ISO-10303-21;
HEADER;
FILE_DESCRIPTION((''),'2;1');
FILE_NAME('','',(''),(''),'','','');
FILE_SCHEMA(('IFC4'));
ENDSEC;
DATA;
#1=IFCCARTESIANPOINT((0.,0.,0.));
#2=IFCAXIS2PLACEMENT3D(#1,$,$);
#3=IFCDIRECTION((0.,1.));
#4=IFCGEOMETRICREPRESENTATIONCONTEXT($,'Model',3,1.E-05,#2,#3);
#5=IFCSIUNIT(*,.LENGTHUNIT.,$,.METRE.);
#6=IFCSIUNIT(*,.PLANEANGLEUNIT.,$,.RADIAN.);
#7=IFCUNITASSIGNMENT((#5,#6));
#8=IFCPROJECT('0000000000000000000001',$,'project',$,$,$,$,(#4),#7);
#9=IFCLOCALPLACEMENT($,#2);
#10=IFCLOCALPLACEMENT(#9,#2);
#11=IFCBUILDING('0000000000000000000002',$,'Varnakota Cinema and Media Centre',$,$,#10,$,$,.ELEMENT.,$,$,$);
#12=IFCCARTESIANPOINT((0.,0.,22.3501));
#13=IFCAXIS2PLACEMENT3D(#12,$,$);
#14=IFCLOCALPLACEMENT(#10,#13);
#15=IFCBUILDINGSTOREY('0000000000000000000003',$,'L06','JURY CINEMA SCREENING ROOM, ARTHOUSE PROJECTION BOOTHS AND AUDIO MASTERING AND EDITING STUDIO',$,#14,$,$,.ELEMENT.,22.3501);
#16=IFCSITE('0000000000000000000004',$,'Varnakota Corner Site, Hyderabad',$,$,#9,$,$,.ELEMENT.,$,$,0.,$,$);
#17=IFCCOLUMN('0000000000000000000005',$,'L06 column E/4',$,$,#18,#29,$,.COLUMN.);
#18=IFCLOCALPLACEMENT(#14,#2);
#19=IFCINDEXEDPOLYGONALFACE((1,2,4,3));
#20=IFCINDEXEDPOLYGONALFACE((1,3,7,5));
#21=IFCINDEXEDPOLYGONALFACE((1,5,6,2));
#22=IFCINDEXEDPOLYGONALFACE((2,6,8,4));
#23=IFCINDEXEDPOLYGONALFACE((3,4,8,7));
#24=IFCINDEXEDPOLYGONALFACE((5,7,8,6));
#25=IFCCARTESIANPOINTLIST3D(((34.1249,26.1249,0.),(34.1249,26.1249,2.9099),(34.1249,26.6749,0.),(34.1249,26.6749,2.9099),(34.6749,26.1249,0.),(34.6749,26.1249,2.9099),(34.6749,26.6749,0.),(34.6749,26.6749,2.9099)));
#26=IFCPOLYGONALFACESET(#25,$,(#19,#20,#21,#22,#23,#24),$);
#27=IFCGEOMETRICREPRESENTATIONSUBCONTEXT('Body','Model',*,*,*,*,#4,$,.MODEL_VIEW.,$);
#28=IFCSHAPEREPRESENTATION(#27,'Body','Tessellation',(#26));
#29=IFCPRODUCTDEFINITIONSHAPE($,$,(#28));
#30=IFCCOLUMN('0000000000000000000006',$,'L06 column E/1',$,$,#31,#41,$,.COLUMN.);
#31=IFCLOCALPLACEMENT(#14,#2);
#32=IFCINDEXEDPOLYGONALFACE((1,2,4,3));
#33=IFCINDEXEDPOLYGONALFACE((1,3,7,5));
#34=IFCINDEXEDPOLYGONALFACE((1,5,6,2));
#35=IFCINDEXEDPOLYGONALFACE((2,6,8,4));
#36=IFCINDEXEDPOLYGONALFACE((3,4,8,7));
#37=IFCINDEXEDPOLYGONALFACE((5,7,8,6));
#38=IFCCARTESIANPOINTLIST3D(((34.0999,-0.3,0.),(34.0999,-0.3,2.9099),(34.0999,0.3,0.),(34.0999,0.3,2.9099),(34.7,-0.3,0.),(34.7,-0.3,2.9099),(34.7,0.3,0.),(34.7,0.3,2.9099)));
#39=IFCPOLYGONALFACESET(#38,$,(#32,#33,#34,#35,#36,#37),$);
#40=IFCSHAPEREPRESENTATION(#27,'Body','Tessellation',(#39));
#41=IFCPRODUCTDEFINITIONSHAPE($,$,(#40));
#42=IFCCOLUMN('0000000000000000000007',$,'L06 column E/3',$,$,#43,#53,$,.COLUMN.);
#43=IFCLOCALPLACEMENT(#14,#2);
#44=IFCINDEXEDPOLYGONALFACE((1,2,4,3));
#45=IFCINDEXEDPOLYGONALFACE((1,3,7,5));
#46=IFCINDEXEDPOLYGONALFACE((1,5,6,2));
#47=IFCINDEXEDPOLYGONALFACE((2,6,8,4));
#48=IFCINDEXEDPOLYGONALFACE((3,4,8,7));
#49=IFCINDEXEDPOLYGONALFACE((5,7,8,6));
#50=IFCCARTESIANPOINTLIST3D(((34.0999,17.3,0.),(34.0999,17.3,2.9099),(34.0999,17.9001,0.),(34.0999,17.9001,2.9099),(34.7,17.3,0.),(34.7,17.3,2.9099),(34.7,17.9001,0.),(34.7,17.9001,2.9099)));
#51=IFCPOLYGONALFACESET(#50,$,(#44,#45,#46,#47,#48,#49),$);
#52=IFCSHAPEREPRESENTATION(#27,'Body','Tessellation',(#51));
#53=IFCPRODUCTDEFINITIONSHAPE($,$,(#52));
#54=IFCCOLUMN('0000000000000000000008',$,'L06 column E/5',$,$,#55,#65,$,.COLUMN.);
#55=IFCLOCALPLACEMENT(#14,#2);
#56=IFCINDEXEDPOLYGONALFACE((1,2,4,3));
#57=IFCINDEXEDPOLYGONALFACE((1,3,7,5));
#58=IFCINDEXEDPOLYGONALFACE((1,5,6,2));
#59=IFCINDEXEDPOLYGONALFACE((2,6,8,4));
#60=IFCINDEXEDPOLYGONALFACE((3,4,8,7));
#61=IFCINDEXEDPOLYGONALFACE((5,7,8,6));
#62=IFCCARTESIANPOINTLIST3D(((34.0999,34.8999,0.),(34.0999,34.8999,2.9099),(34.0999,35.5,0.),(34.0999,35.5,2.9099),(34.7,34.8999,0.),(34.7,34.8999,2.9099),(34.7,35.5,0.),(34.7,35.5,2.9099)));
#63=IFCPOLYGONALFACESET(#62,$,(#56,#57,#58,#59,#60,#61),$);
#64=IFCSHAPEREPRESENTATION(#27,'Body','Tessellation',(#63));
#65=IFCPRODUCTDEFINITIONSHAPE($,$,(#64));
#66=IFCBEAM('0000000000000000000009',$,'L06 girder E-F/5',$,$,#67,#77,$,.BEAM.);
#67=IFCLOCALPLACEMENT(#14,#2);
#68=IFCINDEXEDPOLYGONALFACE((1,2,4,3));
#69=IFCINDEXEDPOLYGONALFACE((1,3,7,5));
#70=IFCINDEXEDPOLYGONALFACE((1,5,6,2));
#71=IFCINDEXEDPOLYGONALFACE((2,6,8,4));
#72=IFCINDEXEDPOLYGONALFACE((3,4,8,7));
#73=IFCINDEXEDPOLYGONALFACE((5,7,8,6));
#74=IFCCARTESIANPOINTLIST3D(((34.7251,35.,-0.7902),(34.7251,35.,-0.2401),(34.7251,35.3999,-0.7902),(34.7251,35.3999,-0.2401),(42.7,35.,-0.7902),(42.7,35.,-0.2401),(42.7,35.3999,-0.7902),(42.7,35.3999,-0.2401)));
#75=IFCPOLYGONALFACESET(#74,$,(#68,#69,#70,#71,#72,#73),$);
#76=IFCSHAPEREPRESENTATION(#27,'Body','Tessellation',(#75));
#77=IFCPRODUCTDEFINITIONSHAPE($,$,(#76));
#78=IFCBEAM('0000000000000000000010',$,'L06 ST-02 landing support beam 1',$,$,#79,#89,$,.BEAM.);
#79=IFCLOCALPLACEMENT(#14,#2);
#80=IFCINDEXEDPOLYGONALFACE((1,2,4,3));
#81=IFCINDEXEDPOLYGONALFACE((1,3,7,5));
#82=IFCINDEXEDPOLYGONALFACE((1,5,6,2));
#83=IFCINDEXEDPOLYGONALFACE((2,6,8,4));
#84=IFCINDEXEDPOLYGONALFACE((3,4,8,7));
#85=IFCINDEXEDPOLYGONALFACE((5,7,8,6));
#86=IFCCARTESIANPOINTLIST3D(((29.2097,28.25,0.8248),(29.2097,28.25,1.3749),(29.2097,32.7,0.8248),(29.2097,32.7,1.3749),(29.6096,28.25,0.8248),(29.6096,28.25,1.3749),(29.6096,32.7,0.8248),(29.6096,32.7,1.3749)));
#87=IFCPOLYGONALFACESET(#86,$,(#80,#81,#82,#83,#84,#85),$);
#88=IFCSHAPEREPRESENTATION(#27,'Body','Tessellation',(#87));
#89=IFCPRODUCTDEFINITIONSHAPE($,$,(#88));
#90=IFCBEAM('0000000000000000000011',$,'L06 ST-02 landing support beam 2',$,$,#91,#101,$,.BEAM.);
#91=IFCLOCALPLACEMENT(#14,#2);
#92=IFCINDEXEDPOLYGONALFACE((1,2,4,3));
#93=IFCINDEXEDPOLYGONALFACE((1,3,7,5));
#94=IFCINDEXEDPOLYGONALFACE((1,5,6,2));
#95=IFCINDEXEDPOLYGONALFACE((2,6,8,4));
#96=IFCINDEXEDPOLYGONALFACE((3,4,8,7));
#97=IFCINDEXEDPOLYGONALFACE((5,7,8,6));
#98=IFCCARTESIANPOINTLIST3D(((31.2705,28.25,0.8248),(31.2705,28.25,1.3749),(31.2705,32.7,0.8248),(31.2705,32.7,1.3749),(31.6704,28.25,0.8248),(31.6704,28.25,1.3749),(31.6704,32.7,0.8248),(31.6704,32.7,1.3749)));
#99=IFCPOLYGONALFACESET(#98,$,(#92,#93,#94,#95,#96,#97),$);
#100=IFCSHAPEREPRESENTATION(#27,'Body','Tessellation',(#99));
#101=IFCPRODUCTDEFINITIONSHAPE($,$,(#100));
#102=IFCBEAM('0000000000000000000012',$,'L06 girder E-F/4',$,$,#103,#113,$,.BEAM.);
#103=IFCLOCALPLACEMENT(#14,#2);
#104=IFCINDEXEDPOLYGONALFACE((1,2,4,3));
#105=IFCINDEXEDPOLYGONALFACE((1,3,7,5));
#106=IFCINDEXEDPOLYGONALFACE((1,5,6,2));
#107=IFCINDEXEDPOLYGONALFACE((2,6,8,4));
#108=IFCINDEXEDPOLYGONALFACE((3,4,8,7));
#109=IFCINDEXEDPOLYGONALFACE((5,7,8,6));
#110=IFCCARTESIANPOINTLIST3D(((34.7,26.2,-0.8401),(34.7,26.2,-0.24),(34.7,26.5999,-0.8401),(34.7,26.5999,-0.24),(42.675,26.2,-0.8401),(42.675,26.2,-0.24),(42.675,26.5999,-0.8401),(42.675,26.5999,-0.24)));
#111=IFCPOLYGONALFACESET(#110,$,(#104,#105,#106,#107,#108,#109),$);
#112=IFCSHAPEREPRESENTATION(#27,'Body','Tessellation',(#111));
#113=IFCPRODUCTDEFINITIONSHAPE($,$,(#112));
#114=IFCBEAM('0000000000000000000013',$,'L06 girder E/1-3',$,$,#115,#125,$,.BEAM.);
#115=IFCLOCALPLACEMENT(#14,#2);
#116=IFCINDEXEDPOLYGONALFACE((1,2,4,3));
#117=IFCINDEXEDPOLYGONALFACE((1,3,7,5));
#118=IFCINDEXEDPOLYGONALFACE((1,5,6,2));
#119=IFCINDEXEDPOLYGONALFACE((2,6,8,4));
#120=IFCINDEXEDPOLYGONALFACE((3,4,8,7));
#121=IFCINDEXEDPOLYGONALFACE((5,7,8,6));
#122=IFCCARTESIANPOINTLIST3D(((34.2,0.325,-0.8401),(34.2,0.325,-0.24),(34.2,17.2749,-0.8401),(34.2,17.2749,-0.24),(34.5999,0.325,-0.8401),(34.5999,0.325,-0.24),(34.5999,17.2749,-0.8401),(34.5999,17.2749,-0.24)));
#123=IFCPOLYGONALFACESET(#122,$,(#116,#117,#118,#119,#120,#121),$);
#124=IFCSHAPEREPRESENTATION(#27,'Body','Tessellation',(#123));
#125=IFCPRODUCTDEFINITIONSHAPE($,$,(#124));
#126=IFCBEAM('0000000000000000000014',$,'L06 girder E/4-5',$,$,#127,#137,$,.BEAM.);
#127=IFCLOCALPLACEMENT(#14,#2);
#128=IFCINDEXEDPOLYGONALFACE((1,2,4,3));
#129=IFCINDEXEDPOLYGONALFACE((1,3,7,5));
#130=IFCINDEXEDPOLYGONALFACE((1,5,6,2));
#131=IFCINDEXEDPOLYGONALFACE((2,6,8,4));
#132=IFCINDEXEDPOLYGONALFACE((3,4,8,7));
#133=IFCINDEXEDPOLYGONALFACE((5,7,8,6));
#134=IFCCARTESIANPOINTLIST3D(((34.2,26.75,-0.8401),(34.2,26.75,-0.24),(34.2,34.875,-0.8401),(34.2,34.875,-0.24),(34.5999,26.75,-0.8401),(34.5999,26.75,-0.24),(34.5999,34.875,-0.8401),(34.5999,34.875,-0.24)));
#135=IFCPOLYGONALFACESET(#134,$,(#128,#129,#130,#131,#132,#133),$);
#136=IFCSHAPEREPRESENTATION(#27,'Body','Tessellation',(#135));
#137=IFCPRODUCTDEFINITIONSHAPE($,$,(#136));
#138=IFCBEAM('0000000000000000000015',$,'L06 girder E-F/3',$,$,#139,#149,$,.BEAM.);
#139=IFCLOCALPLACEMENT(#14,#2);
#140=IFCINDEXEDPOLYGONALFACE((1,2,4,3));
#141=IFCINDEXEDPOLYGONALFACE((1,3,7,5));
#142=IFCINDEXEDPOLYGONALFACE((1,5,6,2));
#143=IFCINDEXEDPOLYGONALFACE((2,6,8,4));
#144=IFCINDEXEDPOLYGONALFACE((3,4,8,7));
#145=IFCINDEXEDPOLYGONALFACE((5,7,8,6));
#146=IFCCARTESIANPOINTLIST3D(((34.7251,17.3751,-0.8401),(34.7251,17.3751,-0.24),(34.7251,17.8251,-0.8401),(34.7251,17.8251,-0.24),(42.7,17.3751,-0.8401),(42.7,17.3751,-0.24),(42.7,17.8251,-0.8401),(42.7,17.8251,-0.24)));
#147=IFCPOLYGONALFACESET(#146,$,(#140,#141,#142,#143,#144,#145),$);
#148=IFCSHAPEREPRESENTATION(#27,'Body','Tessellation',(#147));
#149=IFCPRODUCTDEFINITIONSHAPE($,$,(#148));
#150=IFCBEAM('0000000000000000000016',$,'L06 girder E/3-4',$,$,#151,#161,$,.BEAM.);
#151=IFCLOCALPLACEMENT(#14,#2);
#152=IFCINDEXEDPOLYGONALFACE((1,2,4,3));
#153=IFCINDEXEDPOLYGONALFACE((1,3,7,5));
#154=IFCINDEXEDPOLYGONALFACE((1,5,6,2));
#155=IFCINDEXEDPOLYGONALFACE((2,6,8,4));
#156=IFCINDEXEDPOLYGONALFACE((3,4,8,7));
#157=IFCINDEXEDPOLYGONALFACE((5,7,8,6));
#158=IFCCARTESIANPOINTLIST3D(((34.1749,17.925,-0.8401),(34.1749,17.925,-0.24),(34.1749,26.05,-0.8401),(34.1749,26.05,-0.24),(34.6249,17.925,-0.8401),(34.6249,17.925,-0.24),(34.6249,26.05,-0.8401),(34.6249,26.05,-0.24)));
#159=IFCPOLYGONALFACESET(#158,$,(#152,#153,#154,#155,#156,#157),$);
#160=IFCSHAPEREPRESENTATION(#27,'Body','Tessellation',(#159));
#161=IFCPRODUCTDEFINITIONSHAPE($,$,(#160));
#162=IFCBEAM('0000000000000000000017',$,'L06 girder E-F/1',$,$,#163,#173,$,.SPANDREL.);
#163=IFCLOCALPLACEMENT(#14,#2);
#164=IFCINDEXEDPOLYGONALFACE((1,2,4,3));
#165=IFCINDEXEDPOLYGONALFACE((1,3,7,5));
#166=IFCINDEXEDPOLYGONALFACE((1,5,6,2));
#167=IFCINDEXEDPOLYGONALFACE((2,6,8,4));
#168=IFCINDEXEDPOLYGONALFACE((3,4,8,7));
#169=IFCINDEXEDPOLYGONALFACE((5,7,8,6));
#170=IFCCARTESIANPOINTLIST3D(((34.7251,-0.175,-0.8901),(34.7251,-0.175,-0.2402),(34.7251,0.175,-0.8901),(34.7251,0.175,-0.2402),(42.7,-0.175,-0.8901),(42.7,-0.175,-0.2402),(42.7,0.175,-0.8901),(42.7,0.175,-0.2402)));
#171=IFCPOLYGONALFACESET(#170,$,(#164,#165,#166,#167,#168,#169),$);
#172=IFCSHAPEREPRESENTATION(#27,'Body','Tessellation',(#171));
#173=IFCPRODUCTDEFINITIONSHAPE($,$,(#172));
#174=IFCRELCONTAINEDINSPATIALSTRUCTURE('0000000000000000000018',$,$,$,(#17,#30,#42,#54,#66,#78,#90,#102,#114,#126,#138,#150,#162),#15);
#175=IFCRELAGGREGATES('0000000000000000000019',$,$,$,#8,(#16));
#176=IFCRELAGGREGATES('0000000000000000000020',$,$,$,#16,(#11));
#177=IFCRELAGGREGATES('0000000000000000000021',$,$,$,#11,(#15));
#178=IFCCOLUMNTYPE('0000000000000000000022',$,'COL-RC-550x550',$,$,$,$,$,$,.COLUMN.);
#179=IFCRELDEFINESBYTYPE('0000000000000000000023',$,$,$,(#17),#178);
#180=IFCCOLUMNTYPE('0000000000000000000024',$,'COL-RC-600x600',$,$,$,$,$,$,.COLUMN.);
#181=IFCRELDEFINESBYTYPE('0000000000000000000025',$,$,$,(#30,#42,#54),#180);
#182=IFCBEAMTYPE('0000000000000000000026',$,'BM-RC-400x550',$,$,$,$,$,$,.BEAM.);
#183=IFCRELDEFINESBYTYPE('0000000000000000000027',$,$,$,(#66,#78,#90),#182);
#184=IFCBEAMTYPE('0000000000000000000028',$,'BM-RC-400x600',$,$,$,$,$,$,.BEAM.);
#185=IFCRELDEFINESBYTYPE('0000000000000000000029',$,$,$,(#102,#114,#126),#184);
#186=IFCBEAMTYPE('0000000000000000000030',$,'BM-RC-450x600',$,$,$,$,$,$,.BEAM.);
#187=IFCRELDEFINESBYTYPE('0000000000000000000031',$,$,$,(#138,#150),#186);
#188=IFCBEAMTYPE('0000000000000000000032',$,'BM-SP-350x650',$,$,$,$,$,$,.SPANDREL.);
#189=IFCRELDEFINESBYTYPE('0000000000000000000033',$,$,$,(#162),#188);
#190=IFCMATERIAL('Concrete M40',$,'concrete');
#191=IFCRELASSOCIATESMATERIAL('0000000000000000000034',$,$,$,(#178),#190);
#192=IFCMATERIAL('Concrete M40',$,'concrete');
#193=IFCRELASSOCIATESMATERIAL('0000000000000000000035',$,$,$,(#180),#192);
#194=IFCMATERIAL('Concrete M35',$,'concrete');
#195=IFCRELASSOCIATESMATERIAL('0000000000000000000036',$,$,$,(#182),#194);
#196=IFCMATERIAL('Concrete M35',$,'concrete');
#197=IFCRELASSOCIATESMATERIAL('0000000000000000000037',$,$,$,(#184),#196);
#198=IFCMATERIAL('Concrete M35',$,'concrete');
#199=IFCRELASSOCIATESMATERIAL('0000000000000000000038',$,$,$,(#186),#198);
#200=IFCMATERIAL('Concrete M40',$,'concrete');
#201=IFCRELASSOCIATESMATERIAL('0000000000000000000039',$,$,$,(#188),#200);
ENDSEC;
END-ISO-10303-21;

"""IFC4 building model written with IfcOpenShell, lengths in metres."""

from ifc_helpers import new_model, si_unit, direction, frame, origin, origin_2d, place, context, subcontext, project, spatial, rectangle, extrude, material, material_profile, profile_set, type_object, element, save


model = new_model("IFC4")

# Units and contexts
model_context = context("Model", 3, precision=1e-05, world=origin(), true_north=direction((0.0, 1.0)))
body_context = subcontext(model_context, "Body", "Model", "MODEL_VIEW")
ifc_project = project(units=[si_unit("LENGTHUNIT", "METRE"), si_unit("PLANEANGLEUNIT", "RADIAN")], contexts=[model_context])

# Site, building, storey
site_placement = place(None, origin())
site = spatial("IfcSite", under=ifc_project, at=site_placement, Name="Varnakota Corner Site, Hyderabad", CompositionType="ELEMENT", RefElevation=0.0)
building_placement = place(site_placement, origin())
building = spatial("IfcBuilding", under=site, at=building_placement, Name="Varnakota Cinema and Media Centre", CompositionType="ELEMENT")
storey_placement = place(building_placement, frame((0.0, 0.0, 22.3501)))
storey = spatial("IfcBuildingStorey", under=building, at=storey_placement, Name="L06", Description="JURY CINEMA SCREENING ROOM, ARTHOUSE PROJECTION BOOTHS AND AUDIO MASTERING AND EDITING STUDIO", CompositionType="ELEMENT", Elevation=22.3501)

# Columns
ifc_material_1 = material(Name="Concrete M40", Category="concrete")
ifc_material_profile_1 = material_profile(ifc_material_1, rectangle(XDim=0.55, YDim=0.55, at=origin_2d()), Name="RC 550x550")
ifc_profile_set_1 = profile_set([ifc_material_profile_1], Name="Concrete M40")
column_type_1 = type_object("IfcColumnType", Name="COL-RC-550x550", PredefinedType="COLUMN", material=ifc_profile_set_1)
column_placement = place(storey_placement, frame((34.3999, 26.3999, 0.0), z_axis=(0.0, 0.0, 1.0), x_axis=(1.0, 0.0, 0.0)))
element("IfcColumn", 1, at=column_placement, inside=storey, type_object=column_type_1, Name="L06 column E/4", PredefinedType="COLUMN", context=body_context, shape_type="SweptSolid", body=[
    extrude(rectangle(XDim=0.55, YDim=0.55, at=origin_2d()), origin(), (0.0, 0.0, 1.0), 2.9099),
])
ifc_material_2 = material(Name="Concrete M40", Category="concrete")
ifc_material_profile_2 = material_profile(ifc_material_2, rectangle(XDim=0.6001, YDim=0.6001, at=origin_2d()), Name="RC 600x600")
ifc_profile_set_2 = profile_set([ifc_material_profile_2], Name="Concrete M40")
column_type_2 = type_object("IfcColumnType", Name="COL-RC-600x600", PredefinedType="COLUMN", material=ifc_profile_set_2)
for number, where, z_axis, x_axis, name in (
    (2, (34.3999, 0.0, 0.0), (0.0, 0.0, 1.0), (1.0, 0.0, 0.0), "L06 column E/1"),
    (3, (34.3999, 17.6001, 0.0), (0.0, 0.0, 1.0), (1.0, 0.0, 0.0), "L06 column E/3"),
    (4, (34.3999, 35.2, 0.0), (0.0, 0.0, 1.0), (1.0, 0.0, 0.0), "L06 column E/5"),
):
    element("IfcColumn", number, at=place(storey_placement, frame(where, z_axis=z_axis, x_axis=x_axis)), inside=storey, type_object=column_type_2, Name=name, PredefinedType="COLUMN", context=body_context, shape_type="SweptSolid", body=[
        extrude(rectangle(XDim=0.6001, YDim=0.6001, at=origin_2d()), origin(), (0.0, 0.0, 1.0), 2.9099),
    ])

# Beams
ifc_material_3 = material(Name="Concrete M35", Category="concrete")
ifc_material_profile_3 = material_profile(ifc_material_3, rectangle(XDim=0.3999, YDim=0.55, at=origin_2d()), Name="RCB 400x550")
ifc_profile_set_3 = profile_set([ifc_material_profile_3], Name="Concrete M35")
beam_type_1 = type_object("IfcBeamType", Name="BM-RC-400x550", PredefinedType="BEAM", material=ifc_profile_set_3)
beam_1_placement = place(storey_placement, frame((34.7251, 35.2, -0.5151), z_axis=(1.0, 0.0, 0.0), x_axis=(0.0, 1.0, 0.0)))
element("IfcBeam", 5, at=beam_1_placement, inside=storey, type_object=beam_type_1, Name="L06 girder E-F/5", PredefinedType="BEAM", context=body_context, shape_type="SweptSolid", body=[
    extrude(rectangle(XDim=0.3999, YDim=0.55, at=origin_2d()), origin(), (0.0, 0.0, 1.0), 7.9749),
])
for number, where, z_axis, x_axis, name in (
    (6, (29.4097, 28.25, 1.0999), (0.0, 1.0, 0.0), (-1.0, 0.0, 0.0), "L06 ST-02 landing support beam 1"),
    (7, (31.4705, 28.25, 1.0999), (0.0, 1.0, 0.0), (-1.0, 0.0, 0.0), "L06 ST-02 landing support beam 2"),
):
    element("IfcBeam", number, at=place(storey_placement, frame(where, z_axis=z_axis, x_axis=x_axis)), inside=storey, type_object=beam_type_1, Name=name, PredefinedType="BEAM", context=body_context, shape_type="SweptSolid", body=[
        extrude(rectangle(XDim=0.3999, YDim=0.55, at=origin_2d()), origin(), (0.0, 0.0, 1.0), 4.45),
    ])
ifc_material_4 = material(Name="Concrete M35", Category="concrete")
ifc_material_profile_4 = material_profile(ifc_material_4, rectangle(XDim=0.3999, YDim=0.6001, at=origin_2d()), Name="RCB 400x600")
ifc_profile_set_4 = profile_set([ifc_material_profile_4], Name="Concrete M35")
beam_type_2 = type_object("IfcBeamType", Name="BM-RC-400x600", PredefinedType="BEAM", material=ifc_profile_set_4)
beam_2_placement = place(storey_placement, frame((34.7, 26.3999, -0.54), z_axis=(1.0, 0.0, 0.0), x_axis=(0.0, 1.0, 0.0)))
element("IfcBeam", 8, at=beam_2_placement, inside=storey, type_object=beam_type_2, Name="L06 girder E-F/4", PredefinedType="BEAM", context=body_context, shape_type="SweptSolid", body=[
    extrude(rectangle(XDim=0.3999, YDim=0.6001, at=origin_2d()), origin(), (0.0, 0.0, 1.0), 7.9751),
])
beam_3_placement = place(storey_placement, frame((34.3999, 0.325, -0.54), z_axis=(0.0, 1.0, 0.0), x_axis=(-1.0, 0.0, 0.0)))
element("IfcBeam", 9, at=beam_3_placement, inside=storey, type_object=beam_type_2, Name="L06 girder E/1-3", PredefinedType="BEAM", context=body_context, shape_type="SweptSolid", body=[
    extrude(rectangle(XDim=0.3999, YDim=0.6001, at=origin_2d()), origin(), (0.0, 0.0, 1.0), 16.95),
])
beam_4_placement = place(storey_placement, frame((34.3999, 26.75, -0.54), z_axis=(0.0, 1.0, 0.0), x_axis=(-1.0, 0.0, 0.0)))
element("IfcBeam", 10, at=beam_4_placement, inside=storey, type_object=beam_type_2, Name="L06 girder E/4-5", PredefinedType="BEAM", context=body_context, shape_type="SweptSolid", body=[
    extrude(rectangle(XDim=0.3999, YDim=0.6001, at=origin_2d()), origin(), (0.0, 0.0, 1.0), 8.125),
])
ifc_material_5 = material(Name="Concrete M35", Category="concrete")
ifc_material_profile_5 = material_profile(ifc_material_5, rectangle(XDim=0.45, YDim=0.6001, at=origin_2d()), Name="RCB 450x600")
ifc_profile_set_5 = profile_set([ifc_material_profile_5], Name="Concrete M35")
beam_type_3 = type_object("IfcBeamType", Name="BM-RC-450x600", PredefinedType="BEAM", material=ifc_profile_set_5)
beam_5_placement = place(storey_placement, frame((34.7251, 17.6001, -0.54), z_axis=(1.0, 0.0, 0.0), x_axis=(0.0, 1.0, 0.0)))
element("IfcBeam", 11, at=beam_5_placement, inside=storey, type_object=beam_type_3, Name="L06 girder E-F/3", PredefinedType="BEAM", context=body_context, shape_type="SweptSolid", body=[
    extrude(rectangle(XDim=0.45, YDim=0.6001, at=origin_2d()), origin(), (0.0, 0.0, 1.0), 7.9749),
])
beam_6_placement = place(storey_placement, frame((34.3999, 17.925, -0.54), z_axis=(0.0, 1.0, 0.0), x_axis=(-1.0, 0.0, 0.0)))
element("IfcBeam", 12, at=beam_6_placement, inside=storey, type_object=beam_type_3, Name="L06 girder E/3-4", PredefinedType="BEAM", context=body_context, shape_type="SweptSolid", body=[
    extrude(rectangle(XDim=0.45, YDim=0.6001, at=origin_2d()), origin(), (0.0, 0.0, 1.0), 8.125),
])
ifc_material_6 = material(Name="Concrete M40", Category="concrete")
ifc_material_profile_6 = material_profile(ifc_material_6, rectangle(XDim=0.3501, YDim=0.6499, at=origin_2d()), Name="RCB 350x650")
ifc_profile_set_6 = profile_set([ifc_material_profile_6], Name="Concrete M40")
beam_type_4 = type_object("IfcBeamType", Name="BM-SP-350x650", PredefinedType="SPANDREL", material=ifc_profile_set_6)
beam_7_placement = place(storey_placement, frame((34.7251, 0.0, -0.5652), z_axis=(1.0, 0.0, 0.0), x_axis=(0.0, 1.0, 0.0)))
element("IfcBeam", 13, at=beam_7_placement, inside=storey, type_object=beam_type_4, Name="L06 girder E-F/1", PredefinedType="SPANDREL", context=body_context, shape_type="SweptSolid", body=[
    extrude(rectangle(XDim=0.3501, YDim=0.6499, at=origin_2d()), origin(), (0.0, 0.0, 1.0), 7.9749),
])

save(model, "model.ifc")
